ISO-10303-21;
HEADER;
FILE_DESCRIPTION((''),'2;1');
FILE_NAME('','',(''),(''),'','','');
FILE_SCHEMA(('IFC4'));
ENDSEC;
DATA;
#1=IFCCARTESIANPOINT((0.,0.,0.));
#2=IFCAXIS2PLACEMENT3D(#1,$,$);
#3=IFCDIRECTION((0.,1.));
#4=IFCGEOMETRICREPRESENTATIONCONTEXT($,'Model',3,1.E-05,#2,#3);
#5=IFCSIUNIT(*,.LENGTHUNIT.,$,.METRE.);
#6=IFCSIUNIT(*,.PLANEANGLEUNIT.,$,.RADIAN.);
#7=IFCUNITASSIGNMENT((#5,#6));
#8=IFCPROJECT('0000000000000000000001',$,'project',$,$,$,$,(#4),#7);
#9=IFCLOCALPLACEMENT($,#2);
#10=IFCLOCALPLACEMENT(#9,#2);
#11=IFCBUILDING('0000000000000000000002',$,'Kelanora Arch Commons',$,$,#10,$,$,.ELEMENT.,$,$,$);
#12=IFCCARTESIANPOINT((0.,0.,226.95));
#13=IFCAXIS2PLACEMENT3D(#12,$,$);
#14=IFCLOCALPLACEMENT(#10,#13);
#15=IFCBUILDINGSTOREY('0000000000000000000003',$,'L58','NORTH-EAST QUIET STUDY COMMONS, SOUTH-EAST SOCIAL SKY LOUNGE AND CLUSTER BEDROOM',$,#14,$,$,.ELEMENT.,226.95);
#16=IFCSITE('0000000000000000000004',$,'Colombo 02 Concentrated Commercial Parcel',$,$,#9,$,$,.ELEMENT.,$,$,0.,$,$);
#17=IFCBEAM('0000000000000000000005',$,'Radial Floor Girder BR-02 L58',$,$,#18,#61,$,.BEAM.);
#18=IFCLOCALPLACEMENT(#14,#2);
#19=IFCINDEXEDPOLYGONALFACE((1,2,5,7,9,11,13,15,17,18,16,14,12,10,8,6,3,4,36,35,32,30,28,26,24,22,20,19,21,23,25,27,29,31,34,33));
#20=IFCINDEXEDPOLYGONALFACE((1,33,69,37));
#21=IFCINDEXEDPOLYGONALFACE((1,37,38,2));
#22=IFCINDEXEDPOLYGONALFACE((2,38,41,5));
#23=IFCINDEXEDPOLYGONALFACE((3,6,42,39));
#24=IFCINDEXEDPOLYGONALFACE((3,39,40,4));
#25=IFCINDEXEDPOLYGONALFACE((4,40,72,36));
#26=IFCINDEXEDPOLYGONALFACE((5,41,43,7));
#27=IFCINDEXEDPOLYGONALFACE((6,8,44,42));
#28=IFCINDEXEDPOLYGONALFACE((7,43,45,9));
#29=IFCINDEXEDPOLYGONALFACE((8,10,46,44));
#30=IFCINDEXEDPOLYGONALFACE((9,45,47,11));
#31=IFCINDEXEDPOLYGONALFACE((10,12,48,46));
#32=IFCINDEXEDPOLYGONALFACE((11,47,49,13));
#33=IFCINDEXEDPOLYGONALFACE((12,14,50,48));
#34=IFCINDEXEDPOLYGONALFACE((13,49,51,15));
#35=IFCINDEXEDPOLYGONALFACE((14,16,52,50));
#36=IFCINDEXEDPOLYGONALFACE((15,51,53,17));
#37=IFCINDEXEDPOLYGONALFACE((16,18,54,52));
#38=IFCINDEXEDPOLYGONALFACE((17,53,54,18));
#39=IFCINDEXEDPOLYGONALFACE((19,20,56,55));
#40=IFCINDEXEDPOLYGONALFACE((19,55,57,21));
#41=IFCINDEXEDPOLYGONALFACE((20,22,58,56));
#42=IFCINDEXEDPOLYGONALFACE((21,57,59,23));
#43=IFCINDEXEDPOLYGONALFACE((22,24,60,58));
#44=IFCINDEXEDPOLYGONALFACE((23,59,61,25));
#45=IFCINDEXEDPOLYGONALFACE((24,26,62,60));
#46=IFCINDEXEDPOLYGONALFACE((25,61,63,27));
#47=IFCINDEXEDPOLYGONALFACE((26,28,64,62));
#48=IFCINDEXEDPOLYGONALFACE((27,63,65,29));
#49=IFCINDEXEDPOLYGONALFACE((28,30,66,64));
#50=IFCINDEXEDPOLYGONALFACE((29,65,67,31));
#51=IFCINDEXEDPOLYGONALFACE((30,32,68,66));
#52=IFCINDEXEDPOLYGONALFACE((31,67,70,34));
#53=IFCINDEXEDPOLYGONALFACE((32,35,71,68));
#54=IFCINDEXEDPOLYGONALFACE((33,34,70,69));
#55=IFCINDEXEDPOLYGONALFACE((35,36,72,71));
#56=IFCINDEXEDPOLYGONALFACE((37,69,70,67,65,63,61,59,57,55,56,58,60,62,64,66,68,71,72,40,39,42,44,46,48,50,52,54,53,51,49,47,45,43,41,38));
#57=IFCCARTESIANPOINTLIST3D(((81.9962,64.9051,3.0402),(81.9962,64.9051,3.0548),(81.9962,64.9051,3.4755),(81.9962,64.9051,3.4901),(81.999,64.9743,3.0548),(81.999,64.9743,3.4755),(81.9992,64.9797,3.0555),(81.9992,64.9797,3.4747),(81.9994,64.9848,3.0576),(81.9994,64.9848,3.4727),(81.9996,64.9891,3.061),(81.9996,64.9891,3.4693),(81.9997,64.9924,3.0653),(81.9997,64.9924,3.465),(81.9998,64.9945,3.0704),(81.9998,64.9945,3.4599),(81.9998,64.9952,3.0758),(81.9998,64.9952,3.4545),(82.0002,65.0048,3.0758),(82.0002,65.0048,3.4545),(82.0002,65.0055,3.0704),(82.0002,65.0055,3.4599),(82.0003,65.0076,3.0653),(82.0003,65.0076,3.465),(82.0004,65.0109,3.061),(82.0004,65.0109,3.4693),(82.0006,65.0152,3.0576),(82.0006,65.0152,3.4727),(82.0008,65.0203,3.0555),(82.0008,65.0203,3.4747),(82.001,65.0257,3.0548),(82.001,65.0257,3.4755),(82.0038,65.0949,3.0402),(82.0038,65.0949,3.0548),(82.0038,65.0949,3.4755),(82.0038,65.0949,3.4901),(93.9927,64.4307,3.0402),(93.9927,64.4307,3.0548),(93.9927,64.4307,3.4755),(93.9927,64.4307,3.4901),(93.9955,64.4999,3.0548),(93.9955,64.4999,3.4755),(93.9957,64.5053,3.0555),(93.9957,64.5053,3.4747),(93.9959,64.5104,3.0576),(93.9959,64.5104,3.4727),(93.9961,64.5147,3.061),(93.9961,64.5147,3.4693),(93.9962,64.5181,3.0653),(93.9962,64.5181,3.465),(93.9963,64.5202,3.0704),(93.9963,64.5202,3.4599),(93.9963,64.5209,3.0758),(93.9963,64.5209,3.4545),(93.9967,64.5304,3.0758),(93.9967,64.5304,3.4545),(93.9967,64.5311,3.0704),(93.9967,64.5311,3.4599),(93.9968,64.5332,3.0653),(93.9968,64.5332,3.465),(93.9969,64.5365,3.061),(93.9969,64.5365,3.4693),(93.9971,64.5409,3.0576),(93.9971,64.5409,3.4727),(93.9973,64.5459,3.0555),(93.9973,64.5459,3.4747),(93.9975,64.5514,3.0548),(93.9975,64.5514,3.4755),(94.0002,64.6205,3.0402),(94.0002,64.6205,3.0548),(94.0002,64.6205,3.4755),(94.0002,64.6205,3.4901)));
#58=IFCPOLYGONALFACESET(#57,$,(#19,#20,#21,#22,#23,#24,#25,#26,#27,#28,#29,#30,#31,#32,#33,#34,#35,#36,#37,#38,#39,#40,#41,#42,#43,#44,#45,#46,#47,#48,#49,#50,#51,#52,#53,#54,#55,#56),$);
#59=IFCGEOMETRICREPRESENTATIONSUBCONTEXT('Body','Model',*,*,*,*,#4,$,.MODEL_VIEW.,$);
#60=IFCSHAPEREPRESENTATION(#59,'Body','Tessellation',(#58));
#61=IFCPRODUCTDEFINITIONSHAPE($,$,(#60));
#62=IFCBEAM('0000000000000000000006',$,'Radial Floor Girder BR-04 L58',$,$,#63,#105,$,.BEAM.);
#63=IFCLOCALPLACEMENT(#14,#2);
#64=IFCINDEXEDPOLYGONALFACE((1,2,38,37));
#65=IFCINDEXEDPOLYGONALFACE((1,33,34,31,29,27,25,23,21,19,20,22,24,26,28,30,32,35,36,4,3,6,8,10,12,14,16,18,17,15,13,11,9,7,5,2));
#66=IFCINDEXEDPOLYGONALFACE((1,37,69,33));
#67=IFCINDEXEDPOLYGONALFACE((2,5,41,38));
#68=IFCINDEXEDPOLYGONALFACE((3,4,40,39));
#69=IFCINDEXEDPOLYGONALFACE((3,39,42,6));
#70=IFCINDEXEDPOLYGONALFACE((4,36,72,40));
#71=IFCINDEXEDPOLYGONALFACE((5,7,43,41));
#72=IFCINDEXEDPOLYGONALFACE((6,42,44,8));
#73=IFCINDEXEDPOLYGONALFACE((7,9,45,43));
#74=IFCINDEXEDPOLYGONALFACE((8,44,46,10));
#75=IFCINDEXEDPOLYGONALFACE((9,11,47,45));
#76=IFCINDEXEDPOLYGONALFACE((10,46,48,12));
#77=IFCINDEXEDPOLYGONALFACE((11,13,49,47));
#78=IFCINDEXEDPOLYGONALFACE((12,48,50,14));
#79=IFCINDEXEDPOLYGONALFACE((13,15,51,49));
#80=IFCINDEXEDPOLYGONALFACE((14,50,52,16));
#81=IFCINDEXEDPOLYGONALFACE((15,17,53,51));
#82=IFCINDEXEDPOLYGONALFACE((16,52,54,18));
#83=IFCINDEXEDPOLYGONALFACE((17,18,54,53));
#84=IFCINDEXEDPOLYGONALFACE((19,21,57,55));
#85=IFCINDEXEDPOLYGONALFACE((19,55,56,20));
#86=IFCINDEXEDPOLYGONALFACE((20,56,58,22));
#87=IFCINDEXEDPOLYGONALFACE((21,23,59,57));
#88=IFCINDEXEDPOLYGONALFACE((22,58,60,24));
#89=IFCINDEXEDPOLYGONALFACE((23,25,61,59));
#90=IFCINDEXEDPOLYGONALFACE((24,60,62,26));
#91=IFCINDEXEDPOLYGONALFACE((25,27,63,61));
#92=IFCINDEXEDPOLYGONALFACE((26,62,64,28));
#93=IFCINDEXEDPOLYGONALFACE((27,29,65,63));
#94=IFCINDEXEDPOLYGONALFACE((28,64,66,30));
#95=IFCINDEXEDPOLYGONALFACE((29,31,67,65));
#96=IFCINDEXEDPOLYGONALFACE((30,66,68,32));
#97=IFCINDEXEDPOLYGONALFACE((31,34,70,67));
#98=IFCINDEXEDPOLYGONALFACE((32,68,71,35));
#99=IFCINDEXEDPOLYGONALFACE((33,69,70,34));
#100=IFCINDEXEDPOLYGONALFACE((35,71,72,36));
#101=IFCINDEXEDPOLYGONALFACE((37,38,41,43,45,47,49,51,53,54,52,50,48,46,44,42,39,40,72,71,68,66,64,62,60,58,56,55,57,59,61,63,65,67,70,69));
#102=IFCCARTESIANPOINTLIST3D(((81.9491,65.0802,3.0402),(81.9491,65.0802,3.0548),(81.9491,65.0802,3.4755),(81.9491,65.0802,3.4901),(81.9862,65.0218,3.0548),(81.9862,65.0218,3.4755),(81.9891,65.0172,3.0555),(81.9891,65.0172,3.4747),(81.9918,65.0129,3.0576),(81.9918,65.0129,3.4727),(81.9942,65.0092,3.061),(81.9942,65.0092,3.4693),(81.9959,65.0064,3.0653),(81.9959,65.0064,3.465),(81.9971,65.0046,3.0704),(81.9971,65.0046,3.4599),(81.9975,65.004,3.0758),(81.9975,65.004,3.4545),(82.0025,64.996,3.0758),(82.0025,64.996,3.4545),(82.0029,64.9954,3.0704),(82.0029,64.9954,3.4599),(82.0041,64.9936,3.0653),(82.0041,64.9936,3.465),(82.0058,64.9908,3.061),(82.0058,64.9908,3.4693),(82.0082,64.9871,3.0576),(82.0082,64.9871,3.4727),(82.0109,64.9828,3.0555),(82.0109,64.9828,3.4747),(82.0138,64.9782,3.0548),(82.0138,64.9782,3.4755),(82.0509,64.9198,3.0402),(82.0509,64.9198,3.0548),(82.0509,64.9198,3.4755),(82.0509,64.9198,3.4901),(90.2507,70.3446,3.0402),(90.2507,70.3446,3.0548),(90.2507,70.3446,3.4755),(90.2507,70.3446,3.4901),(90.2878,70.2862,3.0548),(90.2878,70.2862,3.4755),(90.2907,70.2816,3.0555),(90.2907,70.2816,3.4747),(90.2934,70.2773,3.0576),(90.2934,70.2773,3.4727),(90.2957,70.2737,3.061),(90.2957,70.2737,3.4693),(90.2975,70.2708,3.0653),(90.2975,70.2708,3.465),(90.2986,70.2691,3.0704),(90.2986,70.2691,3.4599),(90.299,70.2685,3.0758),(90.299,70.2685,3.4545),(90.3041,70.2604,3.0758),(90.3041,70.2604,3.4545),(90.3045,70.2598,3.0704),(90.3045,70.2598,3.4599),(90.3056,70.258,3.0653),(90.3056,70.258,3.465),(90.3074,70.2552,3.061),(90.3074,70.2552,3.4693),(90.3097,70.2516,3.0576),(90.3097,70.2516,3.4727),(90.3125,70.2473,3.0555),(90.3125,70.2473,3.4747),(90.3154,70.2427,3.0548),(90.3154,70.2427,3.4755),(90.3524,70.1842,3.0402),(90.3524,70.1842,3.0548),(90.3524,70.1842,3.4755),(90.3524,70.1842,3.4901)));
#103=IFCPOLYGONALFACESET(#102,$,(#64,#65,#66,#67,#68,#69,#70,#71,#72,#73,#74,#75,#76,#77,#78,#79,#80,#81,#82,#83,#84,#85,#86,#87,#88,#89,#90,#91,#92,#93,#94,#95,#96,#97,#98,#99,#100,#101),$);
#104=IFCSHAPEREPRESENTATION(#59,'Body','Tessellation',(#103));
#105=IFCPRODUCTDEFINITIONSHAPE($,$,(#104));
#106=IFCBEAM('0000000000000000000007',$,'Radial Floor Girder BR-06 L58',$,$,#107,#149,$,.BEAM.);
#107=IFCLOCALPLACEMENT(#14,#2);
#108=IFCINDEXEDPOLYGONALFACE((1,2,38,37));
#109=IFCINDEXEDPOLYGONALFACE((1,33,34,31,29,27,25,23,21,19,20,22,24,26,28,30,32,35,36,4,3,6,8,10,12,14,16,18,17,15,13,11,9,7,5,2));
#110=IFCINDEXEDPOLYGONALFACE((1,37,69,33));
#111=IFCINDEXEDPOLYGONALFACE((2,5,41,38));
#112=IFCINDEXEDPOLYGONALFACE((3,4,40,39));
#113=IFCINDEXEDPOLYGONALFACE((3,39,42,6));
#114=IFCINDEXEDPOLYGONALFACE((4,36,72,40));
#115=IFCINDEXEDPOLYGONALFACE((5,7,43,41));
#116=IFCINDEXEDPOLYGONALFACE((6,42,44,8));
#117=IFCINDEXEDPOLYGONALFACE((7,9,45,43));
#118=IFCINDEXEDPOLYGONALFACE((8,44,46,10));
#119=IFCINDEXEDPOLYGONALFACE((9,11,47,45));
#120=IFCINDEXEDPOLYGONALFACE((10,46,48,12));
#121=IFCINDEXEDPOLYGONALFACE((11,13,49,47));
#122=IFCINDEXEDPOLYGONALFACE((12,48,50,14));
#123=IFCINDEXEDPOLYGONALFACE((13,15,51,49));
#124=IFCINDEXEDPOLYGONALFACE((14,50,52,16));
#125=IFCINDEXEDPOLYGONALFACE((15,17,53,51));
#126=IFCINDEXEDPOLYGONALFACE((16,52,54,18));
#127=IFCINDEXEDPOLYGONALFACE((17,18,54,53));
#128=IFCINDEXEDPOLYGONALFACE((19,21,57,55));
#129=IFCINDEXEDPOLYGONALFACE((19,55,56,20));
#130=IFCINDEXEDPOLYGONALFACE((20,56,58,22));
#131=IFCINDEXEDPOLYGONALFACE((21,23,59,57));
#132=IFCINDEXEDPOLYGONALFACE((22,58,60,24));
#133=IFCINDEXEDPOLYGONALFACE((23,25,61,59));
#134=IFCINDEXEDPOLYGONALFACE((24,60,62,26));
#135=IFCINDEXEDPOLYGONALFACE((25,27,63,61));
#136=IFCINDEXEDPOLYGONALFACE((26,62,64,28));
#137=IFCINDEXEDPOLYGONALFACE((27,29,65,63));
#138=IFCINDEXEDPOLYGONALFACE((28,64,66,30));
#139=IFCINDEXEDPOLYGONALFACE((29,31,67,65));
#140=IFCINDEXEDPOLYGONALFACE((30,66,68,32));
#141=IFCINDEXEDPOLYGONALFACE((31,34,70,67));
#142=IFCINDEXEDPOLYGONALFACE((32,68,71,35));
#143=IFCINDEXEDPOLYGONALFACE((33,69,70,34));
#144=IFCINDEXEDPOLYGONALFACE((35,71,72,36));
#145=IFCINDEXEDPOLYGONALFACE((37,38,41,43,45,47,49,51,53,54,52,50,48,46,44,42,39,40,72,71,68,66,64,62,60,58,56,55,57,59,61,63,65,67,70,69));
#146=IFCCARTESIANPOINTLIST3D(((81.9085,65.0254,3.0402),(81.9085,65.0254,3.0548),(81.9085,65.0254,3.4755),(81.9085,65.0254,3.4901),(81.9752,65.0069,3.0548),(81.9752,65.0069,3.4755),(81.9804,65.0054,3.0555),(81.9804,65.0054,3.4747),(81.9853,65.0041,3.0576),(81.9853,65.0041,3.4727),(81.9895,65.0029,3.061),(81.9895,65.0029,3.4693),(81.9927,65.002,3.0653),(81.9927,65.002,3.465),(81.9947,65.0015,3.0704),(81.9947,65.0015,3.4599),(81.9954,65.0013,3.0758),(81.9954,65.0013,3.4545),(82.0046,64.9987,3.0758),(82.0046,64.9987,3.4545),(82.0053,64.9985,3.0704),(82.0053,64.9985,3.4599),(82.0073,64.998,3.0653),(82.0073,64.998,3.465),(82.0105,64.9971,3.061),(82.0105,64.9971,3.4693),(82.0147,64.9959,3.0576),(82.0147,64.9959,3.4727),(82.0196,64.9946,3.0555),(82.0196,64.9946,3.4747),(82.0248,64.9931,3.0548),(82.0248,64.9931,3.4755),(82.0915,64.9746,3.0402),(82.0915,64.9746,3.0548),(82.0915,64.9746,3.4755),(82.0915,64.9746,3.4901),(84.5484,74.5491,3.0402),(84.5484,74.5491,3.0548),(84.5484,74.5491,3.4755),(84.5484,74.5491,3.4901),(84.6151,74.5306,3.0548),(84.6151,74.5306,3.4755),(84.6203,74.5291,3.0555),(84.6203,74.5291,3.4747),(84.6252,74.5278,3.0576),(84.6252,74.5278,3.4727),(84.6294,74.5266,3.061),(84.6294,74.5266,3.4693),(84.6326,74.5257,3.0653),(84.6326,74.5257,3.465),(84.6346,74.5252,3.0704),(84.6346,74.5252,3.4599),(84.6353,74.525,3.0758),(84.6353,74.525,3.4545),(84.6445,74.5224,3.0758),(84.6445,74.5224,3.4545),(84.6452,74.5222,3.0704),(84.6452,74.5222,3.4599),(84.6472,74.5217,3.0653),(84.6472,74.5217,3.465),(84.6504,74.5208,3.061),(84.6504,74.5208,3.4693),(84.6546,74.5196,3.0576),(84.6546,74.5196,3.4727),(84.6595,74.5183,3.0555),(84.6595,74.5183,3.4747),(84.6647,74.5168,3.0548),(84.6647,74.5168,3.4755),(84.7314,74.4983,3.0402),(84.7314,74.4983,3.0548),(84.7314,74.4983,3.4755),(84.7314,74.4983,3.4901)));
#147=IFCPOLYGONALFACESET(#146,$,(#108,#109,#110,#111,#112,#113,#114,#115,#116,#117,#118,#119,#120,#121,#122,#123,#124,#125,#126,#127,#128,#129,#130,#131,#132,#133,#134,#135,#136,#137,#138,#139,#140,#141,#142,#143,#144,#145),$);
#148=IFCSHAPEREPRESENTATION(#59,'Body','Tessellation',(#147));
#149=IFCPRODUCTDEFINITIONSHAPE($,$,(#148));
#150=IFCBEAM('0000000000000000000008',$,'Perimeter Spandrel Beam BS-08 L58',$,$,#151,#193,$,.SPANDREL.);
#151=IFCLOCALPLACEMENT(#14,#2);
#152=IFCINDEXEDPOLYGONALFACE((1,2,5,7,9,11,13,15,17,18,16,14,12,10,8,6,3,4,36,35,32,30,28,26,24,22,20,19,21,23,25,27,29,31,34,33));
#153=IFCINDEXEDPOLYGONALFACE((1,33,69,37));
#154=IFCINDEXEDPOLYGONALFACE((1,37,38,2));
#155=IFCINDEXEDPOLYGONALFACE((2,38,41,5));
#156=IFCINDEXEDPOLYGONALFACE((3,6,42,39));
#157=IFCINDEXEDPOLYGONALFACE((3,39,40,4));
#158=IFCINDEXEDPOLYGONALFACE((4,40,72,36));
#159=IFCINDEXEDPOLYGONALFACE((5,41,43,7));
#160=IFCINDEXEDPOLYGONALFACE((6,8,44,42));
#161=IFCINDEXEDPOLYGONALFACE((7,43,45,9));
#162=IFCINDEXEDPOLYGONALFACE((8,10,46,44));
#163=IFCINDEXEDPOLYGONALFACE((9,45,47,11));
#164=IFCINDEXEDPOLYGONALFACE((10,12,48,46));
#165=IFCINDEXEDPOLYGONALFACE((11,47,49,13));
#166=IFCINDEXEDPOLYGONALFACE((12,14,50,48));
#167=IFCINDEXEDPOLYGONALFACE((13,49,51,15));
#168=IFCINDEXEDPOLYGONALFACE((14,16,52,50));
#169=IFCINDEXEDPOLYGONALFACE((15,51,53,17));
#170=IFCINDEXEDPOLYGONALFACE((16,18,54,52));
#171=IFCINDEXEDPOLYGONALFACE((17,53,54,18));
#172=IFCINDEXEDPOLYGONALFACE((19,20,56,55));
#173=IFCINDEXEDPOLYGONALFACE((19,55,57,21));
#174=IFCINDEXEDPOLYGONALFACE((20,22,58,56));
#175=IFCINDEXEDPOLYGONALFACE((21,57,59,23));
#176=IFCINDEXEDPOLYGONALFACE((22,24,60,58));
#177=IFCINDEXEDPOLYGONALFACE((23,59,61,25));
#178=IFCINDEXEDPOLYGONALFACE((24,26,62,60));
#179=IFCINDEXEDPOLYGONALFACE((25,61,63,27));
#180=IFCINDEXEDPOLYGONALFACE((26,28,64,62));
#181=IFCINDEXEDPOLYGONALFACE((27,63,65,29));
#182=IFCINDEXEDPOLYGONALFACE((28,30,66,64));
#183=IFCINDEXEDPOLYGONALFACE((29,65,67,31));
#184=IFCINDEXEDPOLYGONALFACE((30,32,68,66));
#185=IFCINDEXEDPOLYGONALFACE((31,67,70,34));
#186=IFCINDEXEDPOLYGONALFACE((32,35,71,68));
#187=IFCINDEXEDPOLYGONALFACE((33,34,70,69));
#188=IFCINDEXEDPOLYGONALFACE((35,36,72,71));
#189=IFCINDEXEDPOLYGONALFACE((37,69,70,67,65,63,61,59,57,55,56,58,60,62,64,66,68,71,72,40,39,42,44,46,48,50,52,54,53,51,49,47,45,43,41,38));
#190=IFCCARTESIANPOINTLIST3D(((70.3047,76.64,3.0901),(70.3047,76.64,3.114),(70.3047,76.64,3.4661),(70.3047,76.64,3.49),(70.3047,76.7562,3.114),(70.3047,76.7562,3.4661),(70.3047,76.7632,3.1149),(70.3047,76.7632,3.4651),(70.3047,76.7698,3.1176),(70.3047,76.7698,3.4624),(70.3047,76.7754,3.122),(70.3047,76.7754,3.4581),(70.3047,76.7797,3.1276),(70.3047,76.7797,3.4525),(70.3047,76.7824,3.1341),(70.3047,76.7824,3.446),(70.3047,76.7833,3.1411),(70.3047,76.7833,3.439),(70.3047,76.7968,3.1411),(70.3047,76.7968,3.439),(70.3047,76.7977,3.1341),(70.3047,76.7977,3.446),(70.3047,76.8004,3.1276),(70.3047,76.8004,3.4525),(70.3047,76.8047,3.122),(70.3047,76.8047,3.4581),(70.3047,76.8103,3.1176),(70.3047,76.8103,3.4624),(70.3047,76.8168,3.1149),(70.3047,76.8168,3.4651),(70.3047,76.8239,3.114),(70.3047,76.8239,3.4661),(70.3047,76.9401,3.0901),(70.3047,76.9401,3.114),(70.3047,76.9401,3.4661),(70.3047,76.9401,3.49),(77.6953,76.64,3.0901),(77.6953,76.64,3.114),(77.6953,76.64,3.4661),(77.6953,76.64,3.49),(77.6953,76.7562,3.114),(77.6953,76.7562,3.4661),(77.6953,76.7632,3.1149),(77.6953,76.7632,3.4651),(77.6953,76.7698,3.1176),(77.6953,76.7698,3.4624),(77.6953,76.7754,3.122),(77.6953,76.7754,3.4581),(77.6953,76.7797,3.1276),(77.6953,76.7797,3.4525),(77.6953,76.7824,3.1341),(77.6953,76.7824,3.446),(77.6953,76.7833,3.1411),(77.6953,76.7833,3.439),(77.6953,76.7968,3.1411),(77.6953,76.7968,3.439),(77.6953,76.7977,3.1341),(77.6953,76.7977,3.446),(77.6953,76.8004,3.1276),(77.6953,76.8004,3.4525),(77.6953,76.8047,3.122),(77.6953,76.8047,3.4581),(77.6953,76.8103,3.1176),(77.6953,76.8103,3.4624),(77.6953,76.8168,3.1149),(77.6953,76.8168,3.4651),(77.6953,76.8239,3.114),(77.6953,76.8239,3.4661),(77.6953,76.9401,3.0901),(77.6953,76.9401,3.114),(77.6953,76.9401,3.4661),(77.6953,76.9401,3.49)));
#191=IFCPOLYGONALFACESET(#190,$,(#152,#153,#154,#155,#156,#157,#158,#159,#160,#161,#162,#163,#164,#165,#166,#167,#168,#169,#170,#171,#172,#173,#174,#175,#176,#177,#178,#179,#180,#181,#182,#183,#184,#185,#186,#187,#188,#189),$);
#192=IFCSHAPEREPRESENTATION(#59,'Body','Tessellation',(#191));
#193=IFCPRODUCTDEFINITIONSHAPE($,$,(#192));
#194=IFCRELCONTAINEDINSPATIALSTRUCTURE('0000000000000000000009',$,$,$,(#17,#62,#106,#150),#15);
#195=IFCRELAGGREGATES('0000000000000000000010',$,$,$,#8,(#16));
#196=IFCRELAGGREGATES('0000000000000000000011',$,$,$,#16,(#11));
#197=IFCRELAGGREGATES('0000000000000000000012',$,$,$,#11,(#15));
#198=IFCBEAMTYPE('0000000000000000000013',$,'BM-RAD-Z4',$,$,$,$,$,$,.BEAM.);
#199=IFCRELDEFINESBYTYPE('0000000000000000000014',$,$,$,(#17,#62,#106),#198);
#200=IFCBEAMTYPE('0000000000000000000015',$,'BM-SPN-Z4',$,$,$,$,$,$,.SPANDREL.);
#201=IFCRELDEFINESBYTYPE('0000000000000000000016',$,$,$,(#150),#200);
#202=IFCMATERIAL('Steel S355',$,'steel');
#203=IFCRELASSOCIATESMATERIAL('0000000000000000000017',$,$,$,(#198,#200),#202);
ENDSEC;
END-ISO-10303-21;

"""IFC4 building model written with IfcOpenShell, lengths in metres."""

from ifc_helpers import new_model, si_unit, direction, frame, origin, origin_2d, place, context, subcontext, project, spatial, i_section, extrude, material, material_profile, profile_set, type_object, element, save


model = new_model("IFC4")

# Units and contexts
model_context = context("Model", 3, precision=1e-05, world=origin(), true_north=direction((0.0, 1.0)))
body_context = subcontext(model_context, "Body", "Model", "MODEL_VIEW")
ifc_project = project(units=[si_unit("LENGTHUNIT", "METRE"), si_unit("PLANEANGLEUNIT", "RADIAN")], contexts=[model_context])

# Site, building, storey
site_placement = place(None, origin())
site = spatial("IfcSite", under=ifc_project, at=site_placement, Name="Colombo 02 Concentrated Commercial Parcel", CompositionType="ELEMENT", RefElevation=0.0)
building_placement = place(site_placement, origin())
building = spatial("IfcBuilding", under=site, at=building_placement, Name="Kelanora Arch Commons", CompositionType="ELEMENT")
storey_placement = place(building_placement, frame((0.0, 0.0, 226.95)))
storey = spatial("IfcBuildingStorey", under=building, at=storey_placement, Name="L58", Description="NORTH-EAST QUIET STUDY COMMONS, SOUTH-EAST SOCIAL SKY LOUNGE AND CLUSTER BEDROOM", CompositionType="ELEMENT", Elevation=226.95)

# Beams
ifc_material_1 = material(Name="Steel S355", Category="steel")
ifc_material_profile_1 = material_profile(ifc_material_1, i_section(OverallWidth=0.1899, OverallDepth=0.45, WebThickness=0.0095, FlangeThickness=0.0146, FilletRadius=0.021, at=origin_2d()), Name="IPE450")
ifc_profile_set_1 = profile_set([ifc_material_profile_1], Name="Steel S355")
beam_type_1 = type_object("IfcBeamType", Name="BM-RAD-Z4", PredefinedType="BEAM", material=ifc_profile_set_1)
beam_1_placement = place(storey_placement, frame((82.0, 65.0, 3.2651), z_axis=(0.999219, -0.039511, 0.0), x_axis=(0.039511, 0.999219, 0.0)))
element("IfcBeam", 1, at=beam_1_placement, inside=storey, type_object=beam_type_1, Name="Radial Floor Girder BR-02 L58", PredefinedType="BEAM", context=body_context, shape_type="SweptSolid", body=[
    extrude(i_section(OverallWidth=0.1899, OverallDepth=0.45, WebThickness=0.0095, FlangeThickness=0.0146, FilletRadius=0.021, at=origin_2d()), origin(), (0.0, 0.0, 1.0), 12.0059),
])
beam_2_placement = place(storey_placement, frame((82.0, 65.0, 3.2651), z_axis=(0.844507, 0.535544, 0.0), x_axis=(-0.535544, 0.844507, 0.0)))
element("IfcBeam", 2, at=beam_2_placement, inside=storey, type_object=beam_type_1, Name="Radial Floor Girder BR-04 L58", PredefinedType="BEAM", context=body_context, shape_type="SweptSolid", body=[
    extrude(i_section(OverallWidth=0.1899, OverallDepth=0.45, WebThickness=0.0095, FlangeThickness=0.0146, FilletRadius=0.021, at=origin_2d()), origin(), (0.0, 0.0, 1.0), 9.8301),
])
beam_3_placement = place(storey_placement, frame((82.0, 65.0, 3.2651), z_axis=(0.26712, 0.963663, 0.0), x_axis=(-0.963663, 0.26712, 0.0)))
element("IfcBeam", 3, at=beam_3_placement, inside=storey, type_object=beam_type_1, Name="Radial Floor Girder BR-06 L58", PredefinedType="BEAM", context=body_context, shape_type="SweptSolid", body=[
    extrude(i_section(OverallWidth=0.1899, OverallDepth=0.45, WebThickness=0.0095, FlangeThickness=0.0146, FilletRadius=0.021, at=origin_2d()), origin(), (0.0, 0.0, 1.0), 9.8828),
])
ifc_material_profile_2 = material_profile(ifc_material_1, i_section(OverallWidth=0.3, OverallDepth=0.3999, WebThickness=0.0134, FlangeThickness=0.0239, FilletRadius=0.0271, at=origin_2d()), Name="HEB400")
ifc_profile_set_2 = profile_set([ifc_material_profile_2], Name="Steel S355")
beam_type_2 = type_object("IfcBeamType", Name="BM-SPN-Z4", PredefinedType="SPANDREL", material=ifc_profile_set_2)
beam_4_placement = place(storey_placement, frame((77.6953, 76.79, 3.29), z_axis=(-1.0, 0.0, 0.0), x_axis=(0.0, -1.0, 0.0)))
element("IfcBeam", 4, at=beam_4_placement, inside=storey, type_object=beam_type_2, Name="Perimeter Spandrel Beam BS-08 L58", PredefinedType="SPANDREL", context=body_context, shape_type="SweptSolid", body=[
    extrude(i_section(OverallWidth=0.3, OverallDepth=0.3999, WebThickness=0.0134, FlangeThickness=0.0239, FilletRadius=0.0271, at=origin_2d()), origin(), (0.0, 0.0, 1.0), 7.3906),
])

save(model, "model.ifc")
